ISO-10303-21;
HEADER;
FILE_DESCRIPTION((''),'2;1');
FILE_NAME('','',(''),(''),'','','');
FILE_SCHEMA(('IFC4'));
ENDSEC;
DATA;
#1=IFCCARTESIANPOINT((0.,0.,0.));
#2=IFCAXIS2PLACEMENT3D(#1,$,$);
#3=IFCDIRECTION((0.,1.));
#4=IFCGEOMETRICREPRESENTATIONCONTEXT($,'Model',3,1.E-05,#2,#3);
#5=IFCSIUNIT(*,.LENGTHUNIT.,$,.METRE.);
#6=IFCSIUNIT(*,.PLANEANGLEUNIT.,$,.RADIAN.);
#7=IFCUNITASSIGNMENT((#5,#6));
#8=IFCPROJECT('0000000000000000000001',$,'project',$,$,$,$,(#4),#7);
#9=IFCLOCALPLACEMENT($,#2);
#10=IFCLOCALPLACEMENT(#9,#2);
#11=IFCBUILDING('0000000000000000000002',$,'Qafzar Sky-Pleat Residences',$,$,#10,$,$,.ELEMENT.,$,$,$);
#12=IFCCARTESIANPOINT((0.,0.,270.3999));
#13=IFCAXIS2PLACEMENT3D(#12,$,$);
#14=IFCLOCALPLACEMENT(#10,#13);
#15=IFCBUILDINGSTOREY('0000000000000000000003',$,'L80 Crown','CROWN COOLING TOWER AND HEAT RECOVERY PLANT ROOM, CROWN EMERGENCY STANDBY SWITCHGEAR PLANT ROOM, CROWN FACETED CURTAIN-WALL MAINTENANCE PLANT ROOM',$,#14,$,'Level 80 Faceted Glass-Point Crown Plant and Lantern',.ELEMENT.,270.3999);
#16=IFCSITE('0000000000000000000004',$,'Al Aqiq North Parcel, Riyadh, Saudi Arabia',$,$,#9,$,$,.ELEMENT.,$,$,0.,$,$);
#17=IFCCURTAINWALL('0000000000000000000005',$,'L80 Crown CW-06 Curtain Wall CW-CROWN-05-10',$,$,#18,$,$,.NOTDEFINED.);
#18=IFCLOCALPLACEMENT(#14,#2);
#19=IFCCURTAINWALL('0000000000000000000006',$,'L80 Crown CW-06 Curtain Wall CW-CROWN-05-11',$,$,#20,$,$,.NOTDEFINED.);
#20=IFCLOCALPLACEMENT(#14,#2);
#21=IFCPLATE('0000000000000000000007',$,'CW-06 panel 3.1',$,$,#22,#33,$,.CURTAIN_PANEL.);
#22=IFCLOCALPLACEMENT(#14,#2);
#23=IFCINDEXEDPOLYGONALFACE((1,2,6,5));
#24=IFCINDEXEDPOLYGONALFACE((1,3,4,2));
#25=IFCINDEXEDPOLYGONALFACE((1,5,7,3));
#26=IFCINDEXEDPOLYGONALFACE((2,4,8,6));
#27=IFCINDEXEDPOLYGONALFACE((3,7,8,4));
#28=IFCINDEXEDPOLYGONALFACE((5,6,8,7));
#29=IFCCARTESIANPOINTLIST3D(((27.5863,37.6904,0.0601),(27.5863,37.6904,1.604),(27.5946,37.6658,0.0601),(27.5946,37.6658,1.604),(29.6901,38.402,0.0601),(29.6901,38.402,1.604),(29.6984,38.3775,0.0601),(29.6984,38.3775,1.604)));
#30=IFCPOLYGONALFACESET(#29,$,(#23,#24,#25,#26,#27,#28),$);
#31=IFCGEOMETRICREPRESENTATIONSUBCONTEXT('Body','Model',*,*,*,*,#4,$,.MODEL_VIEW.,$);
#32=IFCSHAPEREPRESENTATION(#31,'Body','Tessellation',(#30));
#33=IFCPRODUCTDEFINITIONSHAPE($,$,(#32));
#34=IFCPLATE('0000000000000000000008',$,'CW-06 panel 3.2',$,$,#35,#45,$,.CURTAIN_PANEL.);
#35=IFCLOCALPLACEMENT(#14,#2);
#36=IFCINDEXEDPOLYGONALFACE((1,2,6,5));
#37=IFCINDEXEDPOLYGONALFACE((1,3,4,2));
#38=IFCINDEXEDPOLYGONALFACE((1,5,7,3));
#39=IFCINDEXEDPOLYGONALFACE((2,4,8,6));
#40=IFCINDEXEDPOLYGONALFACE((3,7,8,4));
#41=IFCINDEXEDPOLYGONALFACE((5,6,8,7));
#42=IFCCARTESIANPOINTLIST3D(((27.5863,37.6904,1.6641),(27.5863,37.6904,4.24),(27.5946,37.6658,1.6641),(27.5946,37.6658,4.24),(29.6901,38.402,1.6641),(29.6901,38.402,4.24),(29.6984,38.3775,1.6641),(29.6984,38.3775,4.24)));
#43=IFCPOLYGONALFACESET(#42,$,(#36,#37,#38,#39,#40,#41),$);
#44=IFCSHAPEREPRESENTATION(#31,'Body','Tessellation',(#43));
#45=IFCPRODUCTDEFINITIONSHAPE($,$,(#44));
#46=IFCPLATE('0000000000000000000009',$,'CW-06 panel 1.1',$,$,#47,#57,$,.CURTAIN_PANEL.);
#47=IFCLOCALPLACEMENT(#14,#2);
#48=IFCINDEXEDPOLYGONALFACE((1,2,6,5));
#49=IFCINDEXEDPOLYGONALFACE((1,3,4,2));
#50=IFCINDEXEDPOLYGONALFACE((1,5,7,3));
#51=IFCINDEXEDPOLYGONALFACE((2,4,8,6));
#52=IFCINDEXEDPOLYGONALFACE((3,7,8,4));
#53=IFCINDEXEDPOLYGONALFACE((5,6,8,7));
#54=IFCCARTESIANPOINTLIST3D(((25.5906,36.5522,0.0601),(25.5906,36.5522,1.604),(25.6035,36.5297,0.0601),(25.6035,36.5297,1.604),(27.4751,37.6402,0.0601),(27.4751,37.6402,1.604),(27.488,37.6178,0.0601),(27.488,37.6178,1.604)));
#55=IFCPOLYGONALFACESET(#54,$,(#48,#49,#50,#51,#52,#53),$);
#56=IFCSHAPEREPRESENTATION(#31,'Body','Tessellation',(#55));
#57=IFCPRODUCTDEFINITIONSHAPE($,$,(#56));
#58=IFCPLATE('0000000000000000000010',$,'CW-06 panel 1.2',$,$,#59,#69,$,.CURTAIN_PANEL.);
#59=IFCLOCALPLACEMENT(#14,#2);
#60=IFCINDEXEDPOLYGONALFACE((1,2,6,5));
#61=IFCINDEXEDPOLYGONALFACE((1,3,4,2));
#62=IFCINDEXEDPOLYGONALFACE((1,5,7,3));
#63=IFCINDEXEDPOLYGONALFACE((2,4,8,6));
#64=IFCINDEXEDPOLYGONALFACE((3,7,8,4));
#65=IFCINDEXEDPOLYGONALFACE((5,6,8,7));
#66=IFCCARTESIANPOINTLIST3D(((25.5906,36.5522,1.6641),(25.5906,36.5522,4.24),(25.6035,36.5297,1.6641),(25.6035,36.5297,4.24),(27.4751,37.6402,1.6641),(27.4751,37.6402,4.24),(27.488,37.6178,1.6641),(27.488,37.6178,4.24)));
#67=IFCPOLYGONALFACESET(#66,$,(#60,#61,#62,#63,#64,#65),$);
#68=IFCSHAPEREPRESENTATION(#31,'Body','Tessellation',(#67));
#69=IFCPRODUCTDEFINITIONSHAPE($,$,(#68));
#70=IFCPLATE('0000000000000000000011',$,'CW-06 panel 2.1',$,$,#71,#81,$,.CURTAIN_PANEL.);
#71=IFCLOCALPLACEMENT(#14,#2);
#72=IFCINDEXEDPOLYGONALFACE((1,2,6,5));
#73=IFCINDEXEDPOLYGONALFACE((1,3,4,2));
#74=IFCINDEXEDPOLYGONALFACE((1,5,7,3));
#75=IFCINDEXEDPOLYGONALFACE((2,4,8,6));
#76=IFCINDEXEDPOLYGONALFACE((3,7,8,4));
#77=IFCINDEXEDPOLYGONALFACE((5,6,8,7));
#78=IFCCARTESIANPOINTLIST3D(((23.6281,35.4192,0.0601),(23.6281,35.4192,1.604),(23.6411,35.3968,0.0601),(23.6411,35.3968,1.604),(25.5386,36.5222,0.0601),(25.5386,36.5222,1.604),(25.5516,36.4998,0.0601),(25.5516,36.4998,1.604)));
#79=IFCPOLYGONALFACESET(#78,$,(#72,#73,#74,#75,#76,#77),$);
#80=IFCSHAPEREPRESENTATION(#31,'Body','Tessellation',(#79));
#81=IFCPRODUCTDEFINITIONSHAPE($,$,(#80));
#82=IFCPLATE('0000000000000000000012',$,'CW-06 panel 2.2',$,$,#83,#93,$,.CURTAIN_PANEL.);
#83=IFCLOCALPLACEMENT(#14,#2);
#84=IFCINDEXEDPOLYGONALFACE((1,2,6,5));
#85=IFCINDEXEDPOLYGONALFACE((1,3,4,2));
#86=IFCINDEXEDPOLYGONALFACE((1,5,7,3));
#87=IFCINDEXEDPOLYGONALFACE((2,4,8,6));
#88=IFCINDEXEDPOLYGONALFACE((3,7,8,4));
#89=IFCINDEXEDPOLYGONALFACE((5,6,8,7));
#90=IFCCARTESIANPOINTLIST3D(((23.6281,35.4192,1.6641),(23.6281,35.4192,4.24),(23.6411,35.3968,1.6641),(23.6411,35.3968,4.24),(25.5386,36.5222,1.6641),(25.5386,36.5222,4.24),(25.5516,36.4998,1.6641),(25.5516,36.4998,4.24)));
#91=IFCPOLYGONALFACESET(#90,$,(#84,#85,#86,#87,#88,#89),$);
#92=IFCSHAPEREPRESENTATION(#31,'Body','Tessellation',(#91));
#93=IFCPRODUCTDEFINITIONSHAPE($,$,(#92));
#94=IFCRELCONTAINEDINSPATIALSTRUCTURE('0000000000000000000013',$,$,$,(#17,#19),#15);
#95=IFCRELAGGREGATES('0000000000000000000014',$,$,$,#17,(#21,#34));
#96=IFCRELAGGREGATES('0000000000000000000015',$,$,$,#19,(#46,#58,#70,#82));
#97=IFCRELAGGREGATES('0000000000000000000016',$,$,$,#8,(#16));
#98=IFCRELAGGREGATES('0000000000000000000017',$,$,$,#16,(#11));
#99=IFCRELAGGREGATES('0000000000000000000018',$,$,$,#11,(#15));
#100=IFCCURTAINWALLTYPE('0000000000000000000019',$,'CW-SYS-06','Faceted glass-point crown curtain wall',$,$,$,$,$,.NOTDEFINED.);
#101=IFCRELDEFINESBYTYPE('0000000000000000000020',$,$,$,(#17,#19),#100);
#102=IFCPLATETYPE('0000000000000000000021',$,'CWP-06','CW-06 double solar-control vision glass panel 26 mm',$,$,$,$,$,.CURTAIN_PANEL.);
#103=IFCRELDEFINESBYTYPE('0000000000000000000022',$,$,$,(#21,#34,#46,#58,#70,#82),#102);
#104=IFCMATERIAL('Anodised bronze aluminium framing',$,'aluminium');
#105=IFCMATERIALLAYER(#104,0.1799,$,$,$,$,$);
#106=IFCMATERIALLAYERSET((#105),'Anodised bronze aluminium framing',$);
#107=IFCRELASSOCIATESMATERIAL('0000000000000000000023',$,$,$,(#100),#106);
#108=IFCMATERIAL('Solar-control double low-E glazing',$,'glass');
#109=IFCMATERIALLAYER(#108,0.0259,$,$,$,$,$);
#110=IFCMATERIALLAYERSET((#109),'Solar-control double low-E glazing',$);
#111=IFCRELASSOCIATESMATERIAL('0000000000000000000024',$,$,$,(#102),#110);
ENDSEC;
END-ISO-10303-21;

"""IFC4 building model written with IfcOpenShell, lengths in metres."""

from ifc_helpers import new_model, si_unit, direction, frame, origin, origin_2d, place, context, subcontext, project, spatial, rectangle, extrude, source, transform, mapped, material, layer, layer_set, type_object, element, aggregate, save


model = new_model("IFC4")

# Units and contexts
model_context = context("Model", 3, precision=1e-05, world=origin(), true_north=direction((0.0, 1.0)))
body_context = subcontext(model_context, "Body", "Model", "MODEL_VIEW")
ifc_project = project(units=[si_unit("LENGTHUNIT", "METRE"), si_unit("PLANEANGLEUNIT", "RADIAN")], contexts=[model_context])

# Site, building, storey
site_placement = place(None, origin())
site = spatial("IfcSite", under=ifc_project, at=site_placement, Name="Al Aqiq North Parcel, Riyadh, Saudi Arabia", CompositionType="ELEMENT", RefElevation=0.0)
building_placement = place(site_placement, origin())
building = spatial("IfcBuilding", under=site, at=building_placement, Name="Qafzar Sky-Pleat Residences", CompositionType="ELEMENT")
storey_placement = place(building_placement, frame((0.0, 0.0, 270.3999)))
storey = spatial("IfcBuildingStorey", under=building, at=storey_placement, Name="L80 Crown", Description="CROWN COOLING TOWER AND HEAT RECOVERY PLANT ROOM, CROWN EMERGENCY STANDBY SWITCHGEAR PLANT ROOM, CROWN FACETED CURTAIN-WALL MAINTENANCE PLANT ROOM", LongName="Level 80 Faceted Glass-Point Crown Plant and Lantern", CompositionType="ELEMENT", Elevation=270.3999)

# Curtain walls
ifc_material_1 = material(Name="Anodised bronze aluminium framing", Category="aluminium")
ifc_layer_1 = layer(ifc_material_1, 0.1799)
ifc_layer_set_1 = layer_set([ifc_layer_1], Name="Anodised bronze aluminium framing")
curtain_wall_type = type_object("IfcCurtainWallType", Name="CW-SYS-06", Description="Faceted glass-point crown curtain wall", PredefinedType="NOTDEFINED", material=ifc_layer_set_1)
curtain_wall_1_placement = place(storey_placement, origin())
curtain_wall_1 = element("IfcCurtainWall", 1, at=curtain_wall_1_placement, inside=storey, type_object=curtain_wall_type, Name="L80 Crown CW-06 Curtain Wall CW-CROWN-05-10", PredefinedType="NOTDEFINED")
curtain_wall_2_placement = place(storey_placement, origin())
curtain_wall_2 = element("IfcCurtainWall", 2, at=curtain_wall_2_placement, inside=storey, type_object=curtain_wall_type, Name="L80 Crown CW-06 Curtain Wall CW-CROWN-05-11", PredefinedType="NOTDEFINED")

# Plates
ifc_material_2 = material(Name="Solar-control double low-E glazing", Category="glass")
ifc_layer_2 = layer(ifc_material_2, 0.0259)
ifc_layer_set_2 = layer_set([ifc_layer_2], Name="Solar-control double low-E glazing")
plate_type = type_object("IfcPlateType", Name="CWP-06", Description="CW-06 double solar-control vision glass panel 26 mm", PredefinedType="CURTAIN_PANEL", material=ifc_layer_set_2)
shared_shape_1 = source(origin(), body_context, "Body", "SweptSolid", [
    extrude(rectangle(XDim=2.2209, YDim=0.0259, at=origin_2d()), origin(), (0.0, 0.0, 1.0), 1.5439),
])
plate_1_placement = place(storey_placement, frame((28.6423, 38.0339, 0.0601), z_axis=(0.0, 0.0, 1.0), x_axis=(-0.947269, -0.320439, 0.0)))
plate_1 = element("IfcPlate", 3, at=plate_1_placement, type_object=plate_type, Name="CW-06 panel 3.1", PredefinedType="CURTAIN_PANEL", context=body_context, shape_type="MappedRepresentation", body=[
    mapped(shared_shape_1, transform((0.0, 0.0, 0.0), x_axis=(1.0, 0.0, 0.0), y_axis=(0.0, 1.0, 0.0), z_axis=(0.0, 0.0, 1.0), scale=1.0)),
])
shared_shape_2 = source(origin(), body_context, "Body", "SweptSolid", [
    extrude(rectangle(XDim=2.2209, YDim=0.0259, at=origin_2d()), origin(), (0.0, 0.0, 1.0), 2.5759),
])
plate_2_placement = place(storey_placement, frame((28.6423, 38.0339, 1.6641), z_axis=(0.0, 0.0, 1.0), x_axis=(-0.947269, -0.320439, 0.0)))
plate_2 = element("IfcPlate", 4, at=plate_2_placement, type_object=plate_type, Name="CW-06 panel 3.2", PredefinedType="CURTAIN_PANEL", context=body_context, shape_type="MappedRepresentation", body=[
    mapped(shared_shape_2, transform((0.0, 0.0, 0.0), x_axis=(1.0, 0.0, 0.0), y_axis=(0.0, 1.0, 0.0), z_axis=(0.0, 0.0, 1.0), scale=1.0)),
])
aggregate(curtain_wall_1, [plate_1, plate_2])
shared_shape_3 = source(origin(), body_context, "Body", "SweptSolid", [
    extrude(rectangle(XDim=2.176, YDim=0.0259, at=origin_2d()), origin(), (0.0, 0.0, 1.0), 1.5439),
])
plate_3_placement = place(storey_placement, frame((26.5393, 37.085, 0.0601), z_axis=(0.0, 0.0, 1.0), x_axis=(-0.866024, -0.500003, 0.0)))
plate_3 = element("IfcPlate", 5, at=plate_3_placement, type_object=plate_type, Name="CW-06 panel 1.1", PredefinedType="CURTAIN_PANEL", context=body_context, shape_type="MappedRepresentation", body=[
    mapped(shared_shape_3, transform((0.0, 0.0, 0.0), x_axis=(1.0, 0.0, 0.0), y_axis=(0.0, 1.0, 0.0), z_axis=(0.0, 0.0, 1.0), scale=1.0)),
])
shared_shape_4 = source(origin(), body_context, "Body", "SweptSolid", [
    extrude(rectangle(XDim=2.176, YDim=0.0259, at=origin_2d()), origin(), (0.0, 0.0, 1.0), 2.5759),
])
plate_4_placement = place(storey_placement, frame((26.5393, 37.085, 1.6641), z_axis=(0.0, 0.0, 1.0), x_axis=(-0.866024, -0.500003, 0.0)))
plate_4 = element("IfcPlate", 6, at=plate_4_placement, type_object=plate_type, Name="CW-06 panel 1.2", PredefinedType="CURTAIN_PANEL", context=body_context, shape_type="MappedRepresentation", body=[
    mapped(shared_shape_4, transform((0.0, 0.0, 0.0), x_axis=(1.0, 0.0, 0.0), y_axis=(0.0, 1.0, 0.0), z_axis=(0.0, 0.0, 1.0), scale=1.0)),
])
shared_shape_5 = source(origin(), body_context, "Body", "SweptSolid", [
    extrude(rectangle(XDim=2.2061, YDim=0.0259, at=origin_2d()), origin(), (0.0, 0.0, 1.0), 1.5439),
])
plate_5_placement = place(storey_placement, frame((24.5898, 35.9595, 0.0601), z_axis=(0.0, 0.0, 1.0), x_axis=(-0.866024, -0.500003, 0.0)))
plate_5 = element("IfcPlate", 7, at=plate_5_placement, type_object=plate_type, Name="CW-06 panel 2.1", PredefinedType="CURTAIN_PANEL", context=body_context, shape_type="MappedRepresentation", body=[
    mapped(shared_shape_5, transform((0.0, 0.0, 0.0), x_axis=(1.0, 0.0, 0.0), y_axis=(0.0, 1.0, 0.0), z_axis=(0.0, 0.0, 1.0), scale=1.0)),
])
shared_shape_6 = source(origin(), body_context, "Body", "SweptSolid", [
    extrude(rectangle(XDim=2.2061, YDim=0.0259, at=origin_2d()), origin(), (0.0, 0.0, 1.0), 2.5759),
])
plate_6_placement = place(storey_placement, frame((24.5898, 35.9595, 1.6641), z_axis=(0.0, 0.0, 1.0), x_axis=(-0.866024, -0.500003, 0.0)))
plate_6 = element("IfcPlate", 8, at=plate_6_placement, type_object=plate_type, Name="CW-06 panel 2.2", PredefinedType="CURTAIN_PANEL", context=body_context, shape_type="MappedRepresentation", body=[
    mapped(shared_shape_6, transform((0.0, 0.0, 0.0), x_axis=(1.0, 0.0, 0.0), y_axis=(0.0, 1.0, 0.0), z_axis=(0.0, 0.0, 1.0), scale=1.0)),
])
aggregate(curtain_wall_2, [plate_3, plate_4, plate_5, plate_6])

save(model, "model.ifc")
